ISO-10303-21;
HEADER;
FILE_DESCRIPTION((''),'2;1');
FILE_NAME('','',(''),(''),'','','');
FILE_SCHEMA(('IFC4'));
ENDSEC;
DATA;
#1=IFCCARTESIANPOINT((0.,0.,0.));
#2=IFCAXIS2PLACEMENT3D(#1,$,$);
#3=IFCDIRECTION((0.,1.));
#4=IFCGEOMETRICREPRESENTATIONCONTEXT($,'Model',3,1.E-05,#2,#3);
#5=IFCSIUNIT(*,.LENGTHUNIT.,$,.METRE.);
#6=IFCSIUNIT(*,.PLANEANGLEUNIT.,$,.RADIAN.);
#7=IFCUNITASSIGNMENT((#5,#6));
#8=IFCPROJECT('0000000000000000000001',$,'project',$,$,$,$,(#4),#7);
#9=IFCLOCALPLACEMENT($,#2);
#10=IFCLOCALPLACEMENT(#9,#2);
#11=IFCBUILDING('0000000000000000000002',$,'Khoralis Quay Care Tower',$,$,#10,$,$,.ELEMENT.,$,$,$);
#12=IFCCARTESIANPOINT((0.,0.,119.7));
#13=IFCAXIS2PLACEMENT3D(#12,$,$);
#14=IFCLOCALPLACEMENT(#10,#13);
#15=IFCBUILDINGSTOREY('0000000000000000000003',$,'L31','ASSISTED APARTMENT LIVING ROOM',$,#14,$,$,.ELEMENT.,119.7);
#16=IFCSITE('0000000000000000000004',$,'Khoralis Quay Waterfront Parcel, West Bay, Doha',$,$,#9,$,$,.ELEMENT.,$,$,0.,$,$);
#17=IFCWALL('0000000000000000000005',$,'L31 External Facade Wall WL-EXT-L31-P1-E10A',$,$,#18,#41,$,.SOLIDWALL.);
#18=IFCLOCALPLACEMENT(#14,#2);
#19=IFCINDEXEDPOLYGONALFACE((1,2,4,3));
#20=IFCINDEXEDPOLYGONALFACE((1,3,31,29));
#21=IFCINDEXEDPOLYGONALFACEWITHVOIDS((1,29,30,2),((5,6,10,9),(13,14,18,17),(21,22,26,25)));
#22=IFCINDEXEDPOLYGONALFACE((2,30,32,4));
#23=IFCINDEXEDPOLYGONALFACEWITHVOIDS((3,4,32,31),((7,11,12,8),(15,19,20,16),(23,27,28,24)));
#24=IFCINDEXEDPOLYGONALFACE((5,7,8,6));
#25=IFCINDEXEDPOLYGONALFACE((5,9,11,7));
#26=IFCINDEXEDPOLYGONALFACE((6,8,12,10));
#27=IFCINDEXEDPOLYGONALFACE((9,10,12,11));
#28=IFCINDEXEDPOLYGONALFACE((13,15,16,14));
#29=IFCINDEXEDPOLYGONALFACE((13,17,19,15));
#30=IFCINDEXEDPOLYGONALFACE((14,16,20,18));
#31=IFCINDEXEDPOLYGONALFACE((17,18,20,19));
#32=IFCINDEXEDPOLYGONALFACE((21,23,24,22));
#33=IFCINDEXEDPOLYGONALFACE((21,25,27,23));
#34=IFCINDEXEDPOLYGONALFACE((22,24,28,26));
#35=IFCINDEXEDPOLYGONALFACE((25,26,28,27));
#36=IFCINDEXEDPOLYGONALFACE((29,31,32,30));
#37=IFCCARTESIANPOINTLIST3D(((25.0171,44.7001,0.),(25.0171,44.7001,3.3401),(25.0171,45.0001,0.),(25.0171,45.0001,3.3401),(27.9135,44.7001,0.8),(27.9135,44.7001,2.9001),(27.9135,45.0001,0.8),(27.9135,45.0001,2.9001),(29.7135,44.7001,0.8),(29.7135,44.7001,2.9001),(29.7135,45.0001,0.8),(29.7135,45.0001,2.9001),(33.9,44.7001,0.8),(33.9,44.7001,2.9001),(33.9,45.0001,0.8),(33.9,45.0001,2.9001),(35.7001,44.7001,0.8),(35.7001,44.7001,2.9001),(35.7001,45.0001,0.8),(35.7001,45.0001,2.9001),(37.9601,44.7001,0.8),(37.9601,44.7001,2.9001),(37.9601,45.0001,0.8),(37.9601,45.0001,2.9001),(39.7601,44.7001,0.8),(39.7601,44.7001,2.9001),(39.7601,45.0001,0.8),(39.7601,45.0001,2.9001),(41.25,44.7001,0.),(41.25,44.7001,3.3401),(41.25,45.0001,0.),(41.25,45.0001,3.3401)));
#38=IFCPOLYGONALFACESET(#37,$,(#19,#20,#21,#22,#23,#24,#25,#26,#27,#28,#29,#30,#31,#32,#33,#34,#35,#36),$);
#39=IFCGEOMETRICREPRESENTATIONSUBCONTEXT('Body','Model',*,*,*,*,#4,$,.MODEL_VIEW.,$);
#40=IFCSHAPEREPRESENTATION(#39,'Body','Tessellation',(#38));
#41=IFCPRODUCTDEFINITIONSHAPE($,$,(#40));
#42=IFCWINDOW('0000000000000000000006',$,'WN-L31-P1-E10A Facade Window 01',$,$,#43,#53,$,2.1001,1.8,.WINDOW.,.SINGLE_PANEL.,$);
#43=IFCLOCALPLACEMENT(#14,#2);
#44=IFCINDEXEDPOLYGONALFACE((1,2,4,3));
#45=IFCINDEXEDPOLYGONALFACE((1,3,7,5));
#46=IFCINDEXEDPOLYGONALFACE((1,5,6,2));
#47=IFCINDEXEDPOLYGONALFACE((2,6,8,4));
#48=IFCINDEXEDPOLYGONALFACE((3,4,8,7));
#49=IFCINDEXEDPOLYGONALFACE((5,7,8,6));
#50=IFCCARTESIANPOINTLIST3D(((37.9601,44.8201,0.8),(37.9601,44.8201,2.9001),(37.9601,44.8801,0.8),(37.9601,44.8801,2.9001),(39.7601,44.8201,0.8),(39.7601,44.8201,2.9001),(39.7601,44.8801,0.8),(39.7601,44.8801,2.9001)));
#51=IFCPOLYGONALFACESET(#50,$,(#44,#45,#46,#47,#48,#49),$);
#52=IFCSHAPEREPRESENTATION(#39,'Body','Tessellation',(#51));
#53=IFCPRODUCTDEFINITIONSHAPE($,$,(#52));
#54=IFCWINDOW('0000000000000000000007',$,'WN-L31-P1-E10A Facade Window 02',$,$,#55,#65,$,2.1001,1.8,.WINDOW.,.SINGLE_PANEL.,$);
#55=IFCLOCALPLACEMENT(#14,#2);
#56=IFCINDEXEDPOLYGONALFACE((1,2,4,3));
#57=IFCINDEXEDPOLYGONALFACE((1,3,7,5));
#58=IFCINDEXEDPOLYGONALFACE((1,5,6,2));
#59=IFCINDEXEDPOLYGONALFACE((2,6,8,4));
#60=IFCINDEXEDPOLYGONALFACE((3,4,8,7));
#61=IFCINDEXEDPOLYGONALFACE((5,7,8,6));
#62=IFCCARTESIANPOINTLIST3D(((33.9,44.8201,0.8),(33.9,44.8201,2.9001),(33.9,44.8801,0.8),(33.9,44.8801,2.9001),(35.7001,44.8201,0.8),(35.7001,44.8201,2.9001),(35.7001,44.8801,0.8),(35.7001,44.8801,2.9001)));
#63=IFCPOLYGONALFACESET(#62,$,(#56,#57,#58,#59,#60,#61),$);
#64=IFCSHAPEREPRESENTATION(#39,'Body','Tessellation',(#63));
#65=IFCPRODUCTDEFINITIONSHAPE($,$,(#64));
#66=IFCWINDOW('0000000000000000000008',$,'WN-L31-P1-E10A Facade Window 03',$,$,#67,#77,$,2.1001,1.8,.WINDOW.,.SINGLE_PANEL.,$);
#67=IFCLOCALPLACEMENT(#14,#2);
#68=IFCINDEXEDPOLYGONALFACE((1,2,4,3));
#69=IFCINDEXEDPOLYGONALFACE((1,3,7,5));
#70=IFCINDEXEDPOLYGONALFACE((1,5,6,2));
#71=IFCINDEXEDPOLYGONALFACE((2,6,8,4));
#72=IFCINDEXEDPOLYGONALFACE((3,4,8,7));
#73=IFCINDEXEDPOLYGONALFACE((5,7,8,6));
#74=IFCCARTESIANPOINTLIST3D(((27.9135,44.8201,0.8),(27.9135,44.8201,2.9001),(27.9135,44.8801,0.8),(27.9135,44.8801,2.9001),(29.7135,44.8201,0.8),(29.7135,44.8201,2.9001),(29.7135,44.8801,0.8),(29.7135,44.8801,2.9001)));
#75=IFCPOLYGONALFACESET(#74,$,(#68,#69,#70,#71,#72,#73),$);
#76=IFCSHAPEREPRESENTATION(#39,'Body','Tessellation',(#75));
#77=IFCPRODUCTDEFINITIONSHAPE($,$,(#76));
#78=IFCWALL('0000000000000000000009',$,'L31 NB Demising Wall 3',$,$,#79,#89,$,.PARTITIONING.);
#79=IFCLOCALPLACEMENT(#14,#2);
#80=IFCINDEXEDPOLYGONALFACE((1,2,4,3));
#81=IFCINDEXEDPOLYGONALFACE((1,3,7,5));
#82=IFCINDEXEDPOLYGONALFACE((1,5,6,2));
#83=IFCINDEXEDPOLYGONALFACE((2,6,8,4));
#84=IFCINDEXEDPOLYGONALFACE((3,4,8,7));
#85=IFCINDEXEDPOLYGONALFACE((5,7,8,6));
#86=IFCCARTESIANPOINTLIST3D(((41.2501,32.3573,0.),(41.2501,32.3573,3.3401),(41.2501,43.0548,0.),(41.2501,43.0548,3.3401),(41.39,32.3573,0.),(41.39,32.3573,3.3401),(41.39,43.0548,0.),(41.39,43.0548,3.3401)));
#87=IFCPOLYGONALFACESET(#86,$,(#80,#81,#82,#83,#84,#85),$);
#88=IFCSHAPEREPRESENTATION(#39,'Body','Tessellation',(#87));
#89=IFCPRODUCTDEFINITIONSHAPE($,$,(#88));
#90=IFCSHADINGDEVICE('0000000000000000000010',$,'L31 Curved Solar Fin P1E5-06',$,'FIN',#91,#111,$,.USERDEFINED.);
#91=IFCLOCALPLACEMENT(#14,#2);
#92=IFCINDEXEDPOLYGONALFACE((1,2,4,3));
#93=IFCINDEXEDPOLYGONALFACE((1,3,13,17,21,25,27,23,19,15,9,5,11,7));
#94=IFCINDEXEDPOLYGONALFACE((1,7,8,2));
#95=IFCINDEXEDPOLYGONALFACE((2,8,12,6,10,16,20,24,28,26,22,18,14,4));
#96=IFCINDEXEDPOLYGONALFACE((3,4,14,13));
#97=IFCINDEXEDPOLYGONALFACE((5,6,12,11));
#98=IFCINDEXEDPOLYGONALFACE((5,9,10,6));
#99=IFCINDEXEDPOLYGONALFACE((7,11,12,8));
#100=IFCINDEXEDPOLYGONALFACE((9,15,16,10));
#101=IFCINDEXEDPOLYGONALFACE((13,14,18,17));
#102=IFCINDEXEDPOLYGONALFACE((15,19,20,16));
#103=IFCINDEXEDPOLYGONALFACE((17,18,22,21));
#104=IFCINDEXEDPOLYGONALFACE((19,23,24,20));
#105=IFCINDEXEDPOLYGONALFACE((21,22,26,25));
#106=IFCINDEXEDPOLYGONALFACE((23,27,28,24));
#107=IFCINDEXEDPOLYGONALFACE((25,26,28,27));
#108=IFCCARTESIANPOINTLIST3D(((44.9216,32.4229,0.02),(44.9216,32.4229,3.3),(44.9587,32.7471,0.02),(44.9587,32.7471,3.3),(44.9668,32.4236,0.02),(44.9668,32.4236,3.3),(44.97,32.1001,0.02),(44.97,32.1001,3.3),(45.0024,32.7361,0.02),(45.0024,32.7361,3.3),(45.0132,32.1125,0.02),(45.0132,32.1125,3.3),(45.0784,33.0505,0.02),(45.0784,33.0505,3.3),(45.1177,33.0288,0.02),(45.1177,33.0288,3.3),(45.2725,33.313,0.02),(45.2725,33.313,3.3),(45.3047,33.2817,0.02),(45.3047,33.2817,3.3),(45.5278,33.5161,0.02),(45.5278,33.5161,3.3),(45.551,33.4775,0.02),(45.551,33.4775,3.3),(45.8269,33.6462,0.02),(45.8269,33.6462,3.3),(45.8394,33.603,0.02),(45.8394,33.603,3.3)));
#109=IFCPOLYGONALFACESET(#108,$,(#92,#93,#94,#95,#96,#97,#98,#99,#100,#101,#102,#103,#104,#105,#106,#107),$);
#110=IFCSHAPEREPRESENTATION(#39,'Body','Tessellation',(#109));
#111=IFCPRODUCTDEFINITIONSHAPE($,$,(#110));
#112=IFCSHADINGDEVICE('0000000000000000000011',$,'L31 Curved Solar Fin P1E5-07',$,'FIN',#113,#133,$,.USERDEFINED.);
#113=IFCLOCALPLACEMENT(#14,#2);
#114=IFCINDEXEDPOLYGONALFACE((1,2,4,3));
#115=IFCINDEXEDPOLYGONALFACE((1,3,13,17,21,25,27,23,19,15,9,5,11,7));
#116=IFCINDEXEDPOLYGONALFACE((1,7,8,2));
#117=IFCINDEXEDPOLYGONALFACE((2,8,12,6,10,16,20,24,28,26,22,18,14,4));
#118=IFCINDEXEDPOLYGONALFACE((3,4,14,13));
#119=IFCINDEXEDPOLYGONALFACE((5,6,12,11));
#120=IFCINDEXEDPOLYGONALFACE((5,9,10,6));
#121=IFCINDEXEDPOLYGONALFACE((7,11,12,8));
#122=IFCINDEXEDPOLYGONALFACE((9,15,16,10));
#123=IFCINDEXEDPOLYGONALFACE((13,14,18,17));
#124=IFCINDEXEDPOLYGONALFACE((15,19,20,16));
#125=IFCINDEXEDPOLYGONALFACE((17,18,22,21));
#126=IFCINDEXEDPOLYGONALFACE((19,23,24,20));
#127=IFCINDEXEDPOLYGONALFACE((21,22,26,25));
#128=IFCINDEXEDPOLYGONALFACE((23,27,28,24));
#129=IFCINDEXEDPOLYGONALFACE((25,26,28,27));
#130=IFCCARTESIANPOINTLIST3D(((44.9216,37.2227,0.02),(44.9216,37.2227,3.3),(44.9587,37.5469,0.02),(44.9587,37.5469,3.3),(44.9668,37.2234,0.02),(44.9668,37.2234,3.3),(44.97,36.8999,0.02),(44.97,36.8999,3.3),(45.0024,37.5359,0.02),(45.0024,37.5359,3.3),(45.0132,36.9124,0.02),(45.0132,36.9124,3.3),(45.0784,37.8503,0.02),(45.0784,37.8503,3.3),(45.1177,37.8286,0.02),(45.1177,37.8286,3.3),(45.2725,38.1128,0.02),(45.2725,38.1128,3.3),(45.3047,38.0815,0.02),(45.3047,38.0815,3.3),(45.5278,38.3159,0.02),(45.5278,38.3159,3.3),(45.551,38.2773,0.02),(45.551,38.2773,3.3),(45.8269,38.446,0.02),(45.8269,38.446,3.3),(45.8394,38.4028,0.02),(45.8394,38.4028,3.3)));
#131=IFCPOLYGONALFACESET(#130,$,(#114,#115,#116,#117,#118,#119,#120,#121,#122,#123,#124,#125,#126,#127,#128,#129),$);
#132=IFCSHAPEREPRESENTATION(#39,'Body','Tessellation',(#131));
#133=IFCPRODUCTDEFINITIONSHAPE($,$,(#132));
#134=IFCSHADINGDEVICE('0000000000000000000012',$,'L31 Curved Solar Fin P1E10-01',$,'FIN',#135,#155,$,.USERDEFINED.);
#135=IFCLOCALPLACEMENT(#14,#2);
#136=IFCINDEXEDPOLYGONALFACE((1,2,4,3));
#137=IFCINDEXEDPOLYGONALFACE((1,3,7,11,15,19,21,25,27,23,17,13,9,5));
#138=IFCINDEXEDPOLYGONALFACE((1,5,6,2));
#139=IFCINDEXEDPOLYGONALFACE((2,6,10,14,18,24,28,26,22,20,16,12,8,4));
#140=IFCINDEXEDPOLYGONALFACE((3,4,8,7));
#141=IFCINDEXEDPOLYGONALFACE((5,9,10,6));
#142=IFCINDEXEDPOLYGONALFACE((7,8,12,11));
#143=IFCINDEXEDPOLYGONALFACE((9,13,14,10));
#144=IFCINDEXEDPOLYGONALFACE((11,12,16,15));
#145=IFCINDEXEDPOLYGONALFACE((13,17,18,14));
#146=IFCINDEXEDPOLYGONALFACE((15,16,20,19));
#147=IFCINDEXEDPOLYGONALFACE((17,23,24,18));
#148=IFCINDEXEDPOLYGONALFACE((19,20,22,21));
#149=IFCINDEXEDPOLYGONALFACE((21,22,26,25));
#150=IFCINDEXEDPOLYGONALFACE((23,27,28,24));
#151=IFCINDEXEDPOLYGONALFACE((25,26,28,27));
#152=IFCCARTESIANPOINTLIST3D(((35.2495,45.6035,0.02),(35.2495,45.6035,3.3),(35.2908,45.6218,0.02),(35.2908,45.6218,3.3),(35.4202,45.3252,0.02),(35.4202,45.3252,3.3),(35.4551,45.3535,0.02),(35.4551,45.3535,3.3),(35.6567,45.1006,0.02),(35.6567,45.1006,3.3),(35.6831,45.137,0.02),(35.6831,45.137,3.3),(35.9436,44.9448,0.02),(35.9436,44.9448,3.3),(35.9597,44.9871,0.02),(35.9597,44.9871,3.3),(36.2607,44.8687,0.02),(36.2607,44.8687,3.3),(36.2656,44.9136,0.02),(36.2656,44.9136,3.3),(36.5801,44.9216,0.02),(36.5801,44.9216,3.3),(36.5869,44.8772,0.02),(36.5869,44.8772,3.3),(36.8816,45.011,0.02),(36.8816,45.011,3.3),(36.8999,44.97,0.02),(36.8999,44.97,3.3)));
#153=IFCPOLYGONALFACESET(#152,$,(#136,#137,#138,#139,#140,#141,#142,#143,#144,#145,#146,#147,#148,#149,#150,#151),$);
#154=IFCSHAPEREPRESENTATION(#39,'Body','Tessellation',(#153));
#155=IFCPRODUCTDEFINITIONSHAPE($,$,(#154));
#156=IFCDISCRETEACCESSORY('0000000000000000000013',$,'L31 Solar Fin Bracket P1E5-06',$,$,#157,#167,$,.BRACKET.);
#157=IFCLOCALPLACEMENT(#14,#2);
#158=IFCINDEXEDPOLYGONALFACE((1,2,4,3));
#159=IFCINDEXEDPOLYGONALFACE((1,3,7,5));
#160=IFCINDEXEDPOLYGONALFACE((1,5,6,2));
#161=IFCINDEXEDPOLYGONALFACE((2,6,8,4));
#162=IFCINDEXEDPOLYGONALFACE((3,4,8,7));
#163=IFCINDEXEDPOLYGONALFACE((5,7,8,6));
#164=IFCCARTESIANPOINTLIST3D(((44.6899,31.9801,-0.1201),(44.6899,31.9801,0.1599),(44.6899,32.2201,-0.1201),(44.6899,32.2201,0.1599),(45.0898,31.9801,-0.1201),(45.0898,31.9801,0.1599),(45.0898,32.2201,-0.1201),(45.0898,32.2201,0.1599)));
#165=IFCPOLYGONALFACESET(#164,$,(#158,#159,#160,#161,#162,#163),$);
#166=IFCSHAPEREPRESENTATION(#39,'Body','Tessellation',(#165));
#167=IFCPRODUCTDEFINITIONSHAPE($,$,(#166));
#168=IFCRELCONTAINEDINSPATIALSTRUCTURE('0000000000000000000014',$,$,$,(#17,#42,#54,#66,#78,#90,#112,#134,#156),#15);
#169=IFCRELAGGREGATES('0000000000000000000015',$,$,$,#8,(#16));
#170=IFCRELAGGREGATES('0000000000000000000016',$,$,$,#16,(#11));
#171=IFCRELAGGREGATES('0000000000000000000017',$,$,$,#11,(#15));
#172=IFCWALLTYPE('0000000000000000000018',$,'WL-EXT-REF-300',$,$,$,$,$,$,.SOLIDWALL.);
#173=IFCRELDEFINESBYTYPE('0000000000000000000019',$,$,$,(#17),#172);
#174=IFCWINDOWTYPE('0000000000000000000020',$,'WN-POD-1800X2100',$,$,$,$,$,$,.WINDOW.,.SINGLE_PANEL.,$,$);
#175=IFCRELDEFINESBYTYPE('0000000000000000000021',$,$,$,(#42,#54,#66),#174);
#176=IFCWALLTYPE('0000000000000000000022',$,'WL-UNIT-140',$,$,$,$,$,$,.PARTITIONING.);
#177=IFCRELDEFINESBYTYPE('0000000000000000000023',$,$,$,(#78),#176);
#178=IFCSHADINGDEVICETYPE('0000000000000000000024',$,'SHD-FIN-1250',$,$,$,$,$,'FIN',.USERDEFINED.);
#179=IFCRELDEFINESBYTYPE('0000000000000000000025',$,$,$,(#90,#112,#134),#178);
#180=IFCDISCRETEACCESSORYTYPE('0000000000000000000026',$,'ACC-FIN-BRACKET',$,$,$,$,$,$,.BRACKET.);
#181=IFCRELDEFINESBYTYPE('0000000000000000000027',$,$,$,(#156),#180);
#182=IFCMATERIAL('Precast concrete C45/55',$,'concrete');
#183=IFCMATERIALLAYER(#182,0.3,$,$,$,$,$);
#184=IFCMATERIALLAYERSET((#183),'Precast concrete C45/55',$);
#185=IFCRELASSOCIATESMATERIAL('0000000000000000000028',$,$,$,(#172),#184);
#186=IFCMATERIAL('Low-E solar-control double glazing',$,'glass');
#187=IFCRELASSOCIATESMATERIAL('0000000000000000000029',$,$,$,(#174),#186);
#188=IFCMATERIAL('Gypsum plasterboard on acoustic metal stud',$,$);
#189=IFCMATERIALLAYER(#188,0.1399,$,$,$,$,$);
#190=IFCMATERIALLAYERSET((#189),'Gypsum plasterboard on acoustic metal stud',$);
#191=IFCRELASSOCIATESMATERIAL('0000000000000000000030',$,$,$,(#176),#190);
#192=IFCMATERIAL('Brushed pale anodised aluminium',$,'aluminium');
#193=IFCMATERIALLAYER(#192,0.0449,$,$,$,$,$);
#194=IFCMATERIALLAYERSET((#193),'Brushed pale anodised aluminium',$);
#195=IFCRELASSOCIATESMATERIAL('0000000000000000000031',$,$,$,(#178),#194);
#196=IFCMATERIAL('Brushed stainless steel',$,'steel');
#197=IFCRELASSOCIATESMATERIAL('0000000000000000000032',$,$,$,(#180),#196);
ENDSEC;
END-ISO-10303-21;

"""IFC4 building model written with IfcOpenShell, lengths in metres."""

from ifc_helpers import new_model, si_unit, direction, frame, frame_2d, origin, origin_2d, place, context, subcontext, project, spatial, polyline, rectangle, outline, extrude, source, transform, mapped, material, layer, layer_set, type_object, element, fill, save


model = new_model("IFC4")

# Units and contexts
model_context = context("Model", 3, precision=1e-05, world=origin(), true_north=direction((0.0, 1.0)))
body_context = subcontext(model_context, "Body", "Model", "MODEL_VIEW")
ifc_project = project(units=[si_unit("LENGTHUNIT", "METRE"), si_unit("PLANEANGLEUNIT", "RADIAN")], contexts=[model_context])

# Site, building, storey
site_placement = place(None, origin())
site = spatial("IfcSite", under=ifc_project, at=site_placement, Name="Khoralis Quay Waterfront Parcel, West Bay, Doha", CompositionType="ELEMENT", RefElevation=0.0)
building_placement = place(site_placement, origin())
building = spatial("IfcBuilding", under=site, at=building_placement, Name="Khoralis Quay Care Tower", CompositionType="ELEMENT")
storey_placement = place(building_placement, frame((0.0, 0.0, 119.7)))
storey = spatial("IfcBuildingStorey", under=building, at=storey_placement, Name="L31", Description="ASSISTED APARTMENT LIVING ROOM", CompositionType="ELEMENT", Elevation=119.7)

# Shared definitions
ifc_material_1 = material(Name="Low-E solar-control double glazing", Category="glass")

# Shared definitions
ifc_material_2 = material(Name="Precast concrete C45/55", Category="concrete")
ifc_layer_1 = layer(ifc_material_2, 0.3)
ifc_layer_set_1 = layer_set([ifc_layer_1], Name="Precast concrete C45/55")
wall_type_1 = type_object("IfcWallType", Name="WL-EXT-REF-300", PredefinedType="SOLIDWALL", material=ifc_layer_set_1)
window_type = type_object("IfcWindowType", Name="WN-POD-1800X2100", PartitioningType="SINGLE_PANEL", PredefinedType="WINDOW", material=ifc_material_1)
shared_shape_1 = source(origin(), body_context, "Body", "SweptSolid", [
    extrude(rectangle(XDim=1.8, YDim=2.1001, at=frame_2d((0.8999, 1.05))), frame((0.0, 0.03, 0.0), z_axis=(0.0, -1.0, 0.0), x_axis=(1.0, 0.0, 0.0)), (0.0, 0.0, 1.0), 0.0601),
])

# Wall, openings, windows
wall_1_placement = place(storey_placement, frame((41.25, 44.8501, 0.0), z_axis=(0.0, 0.0, 1.0), x_axis=(-1.0, 0.0, 0.0)))
wall_1 = element("IfcWall", 1, at=wall_1_placement, inside=storey, type_object=wall_type_1, Name="L31 External Facade Wall WL-EXT-L31-P1-E10A", PredefinedType="SOLIDWALL", context=body_context, shape_type="SweptSolid", body=[
    extrude(rectangle(XDim=16.2329, YDim=0.3, at=frame_2d((8.1165, 0.0))), origin(), (0.0, 0.0, 1.0), 3.3401),
])
opening_1_placement = place(wall_1_placement, frame((1.49, 0.0, 0.8)))
opening_1 = element("IfcOpeningElement", 2, at=opening_1_placement, cuts=wall_1, PredefinedType="OPENING", context=body_context, shape_type="SweptSolid", body=[
    extrude(rectangle(XDim=1.8, YDim=2.1001, at=frame_2d((0.8999, 1.05))), frame((0.0, 0.1602, 0.0), z_axis=(0.0, -1.0, 0.0), x_axis=(1.0, 0.0, 0.0)), (0.0, 0.0, 1.0), 0.3201),
])
opening_2_placement = place(wall_1_placement, frame((5.55, 0.0, 0.8)))
opening_2 = element("IfcOpeningElement", 3, at=opening_2_placement, cuts=wall_1, PredefinedType="OPENING", context=body_context, shape_type="SweptSolid", body=[
    extrude(rectangle(XDim=1.8, YDim=2.1001, at=frame_2d((0.8999, 1.05))), frame((0.0, 0.1602, 0.0), z_axis=(0.0, -1.0, 0.0), x_axis=(1.0, 0.0, 0.0)), (0.0, 0.0, 1.0), 0.3201),
])
opening_3_placement = place(wall_1_placement, frame((11.5366, 0.0, 0.8)))
opening_3 = element("IfcOpeningElement", 4, at=opening_3_placement, cuts=wall_1, PredefinedType="OPENING", context=body_context, shape_type="SweptSolid", body=[
    extrude(rectangle(XDim=1.8, YDim=2.1001, at=frame_2d((0.8999, 1.05))), frame((0.0, 0.1602, 0.0), z_axis=(0.0, -1.0, 0.0), x_axis=(1.0, 0.0, 0.0)), (0.0, 0.0, 1.0), 0.3201),
])
window_1_placement = place(opening_1_placement, origin())
window_1 = element("IfcWindow", 5, at=window_1_placement, inside=storey, type_object=window_type, Name="WN-L31-P1-E10A Facade Window 01", OverallHeight=2.1001, OverallWidth=1.8, PartitioningType="SINGLE_PANEL", PredefinedType="WINDOW", context=body_context, shape_type="MappedRepresentation", body=[
    mapped(shared_shape_1, transform((0.0, 0.0, 0.0), scale=1.0)),
])
fill(opening_1, window_1)
window_2_placement = place(opening_2_placement, origin())
window_2 = element("IfcWindow", 6, at=window_2_placement, inside=storey, type_object=window_type, Name="WN-L31-P1-E10A Facade Window 02", OverallHeight=2.1001, OverallWidth=1.8, PartitioningType="SINGLE_PANEL", PredefinedType="WINDOW", context=body_context, shape_type="MappedRepresentation", body=[
    mapped(shared_shape_1, transform((0.0, 0.0, 0.0), scale=1.0)),
])
fill(opening_2, window_2)
window_3_placement = place(opening_3_placement, origin())
window_3 = element("IfcWindow", 7, at=window_3_placement, inside=storey, type_object=window_type, Name="WN-L31-P1-E10A Facade Window 03", OverallHeight=2.1001, OverallWidth=1.8, PartitioningType="SINGLE_PANEL", PredefinedType="WINDOW", context=body_context, shape_type="MappedRepresentation", body=[
    mapped(shared_shape_1, transform((0.0, 0.0, 0.0), scale=1.0)),
])
fill(opening_3, window_3)

# Wall
ifc_material_3 = material(Name="Gypsum plasterboard on acoustic metal stud")
ifc_layer_2 = layer(ifc_material_3, 0.1399)
ifc_layer_set_2 = layer_set([ifc_layer_2], Name="Gypsum plasterboard on acoustic metal stud")
wall_type_2 = type_object("IfcWallType", Name="WL-UNIT-140", PredefinedType="PARTITIONING", material=ifc_layer_set_2)
wall_2_placement = place(storey_placement, frame((41.3201, 32.3574, 0.0), z_axis=(0.0, 0.0, 1.0), x_axis=(0.0, 1.0, 0.0)))
element("IfcWall", 8, at=wall_2_placement, inside=storey, type_object=wall_type_2, Name="L31 NB Demising Wall 3", PredefinedType="PARTITIONING", context=body_context, shape_type="SweptSolid", body=[
    extrude(rectangle(XDim=10.6975, YDim=0.1399, at=frame_2d((5.3486, 0.0))), origin(), (0.0, 0.0, 1.0), 3.3401),
])

# Shading devices
ifc_material_4 = material(Name="Brushed pale anodised aluminium", Category="aluminium")
ifc_layer_3 = layer(ifc_material_4, 0.0449)
ifc_layer_set_3 = layer_set([ifc_layer_3], Name="Brushed pale anodised aluminium")
shading_device_type = type_object("IfcShadingDeviceType", Name="SHD-FIN-1250", ElementType="FIN", PredefinedType="USERDEFINED", material=ifc_layer_set_3)
shared_shape_2 = source(origin(), body_context, "Body", "SweptSolid", [
    extrude(outline(polyline([(0.0, 0.0), (-0.0483, 0.3228), (-0.0112, 0.647), (0.1084, 0.9504), (0.3025, 1.2129), (0.5579, 1.416), (0.8569, 1.5461), (0.8694, 1.5029), (0.5811, 1.3774), (0.3347, 1.1816), (0.1477, 0.9287), (0.0325, 0.636), (-0.0032, 0.3235), (0.0432, 0.0125), (0.0, 0.0)])), origin(), (0.0, 0.0, 1.0), 3.28),
])
for number, where, z_axis, x_axis, name in (
    (9, (44.97, 32.1001, 0.02), (0.0, 0.0, 1.0), (1.0, 0.0, 0.0), "L31 Curved Solar Fin P1E5-06"),
    (10, (44.97, 36.8999, 0.02), (0.0, 0.0, 1.0), (1.0, 0.0, 0.0), "L31 Curved Solar Fin P1E5-07"),
):
    element("IfcShadingDevice", number, at=place(storey_placement, frame(where, z_axis=z_axis, x_axis=x_axis)), inside=storey, type_object=shading_device_type, Name=name, ObjectType="FIN", PredefinedType="USERDEFINED", context=body_context, shape_type="MappedRepresentation", body=[
        mapped(shared_shape_2, transform((0.0, 0.0, 0.0), scale=1.0)),
    ])
shared_shape_3 = source(origin(), body_context, "Body", "SweptSolid", [
    extrude(outline(polyline([(0.0, 0.0), (-0.0928, 0.313), (-0.1013, 0.6392), (-0.0251, 0.9563), (0.1306, 1.2432), (0.3552, 1.4797), (0.6335, 1.6504), (0.6519, 1.6091), (0.3835, 1.4448), (0.167, 1.2168), (0.0171, 0.9402), (-0.0564, 0.6343), (-0.0483, 0.3198), (0.041, 0.0183), (0.0, 0.0)])), origin(), (0.0, 0.0, 1.0), 3.28),
])
shading_device_placement = place(storey_placement, frame((36.8999, 44.97, 0.02), z_axis=(0.0, 0.0, 1.0), x_axis=(0.0, 1.0, 0.0)))
element("IfcShadingDevice", 11, at=shading_device_placement, inside=storey, type_object=shading_device_type, Name="L31 Curved Solar Fin P1E10-01", ObjectType="FIN", PredefinedType="USERDEFINED", context=body_context, shape_type="MappedRepresentation", body=[
    mapped(shared_shape_3, transform((0.0, 0.0, 0.0), scale=1.0)),
])

# Discrete accessory
ifc_material_5 = material(Name="Brushed stainless steel", Category="steel")
discrete_accessory_type = type_object("IfcDiscreteAccessoryType", Name="ACC-FIN-BRACKET", PredefinedType="BRACKET", material=ifc_material_5)
shared_shape_4 = source(origin(), body_context, "Body", "SweptSolid", [
    extrude(rectangle(XDim=0.3999, YDim=0.24, at=origin_2d()), origin(), (0.0, 0.0, 1.0), 0.28),
])
for number, where, z_axis, x_axis, name in (
    (12, (44.8899, 32.1001, -0.1201), (0.0, 0.0, 1.0), (1.0, 0.0, 0.0), "L31 Solar Fin Bracket P1E5-06"),
):
    element("IfcDiscreteAccessory", number, at=place(storey_placement, frame(where, z_axis=z_axis, x_axis=x_axis)), inside=storey, type_object=discrete_accessory_type, Name=name, PredefinedType="BRACKET", context=body_context, shape_type="MappedRepresentation", body=[
        mapped(shared_shape_4, transform((0.0, 0.0, 0.0), scale=1.0)),
    ])

save(model, "model.ifc")
